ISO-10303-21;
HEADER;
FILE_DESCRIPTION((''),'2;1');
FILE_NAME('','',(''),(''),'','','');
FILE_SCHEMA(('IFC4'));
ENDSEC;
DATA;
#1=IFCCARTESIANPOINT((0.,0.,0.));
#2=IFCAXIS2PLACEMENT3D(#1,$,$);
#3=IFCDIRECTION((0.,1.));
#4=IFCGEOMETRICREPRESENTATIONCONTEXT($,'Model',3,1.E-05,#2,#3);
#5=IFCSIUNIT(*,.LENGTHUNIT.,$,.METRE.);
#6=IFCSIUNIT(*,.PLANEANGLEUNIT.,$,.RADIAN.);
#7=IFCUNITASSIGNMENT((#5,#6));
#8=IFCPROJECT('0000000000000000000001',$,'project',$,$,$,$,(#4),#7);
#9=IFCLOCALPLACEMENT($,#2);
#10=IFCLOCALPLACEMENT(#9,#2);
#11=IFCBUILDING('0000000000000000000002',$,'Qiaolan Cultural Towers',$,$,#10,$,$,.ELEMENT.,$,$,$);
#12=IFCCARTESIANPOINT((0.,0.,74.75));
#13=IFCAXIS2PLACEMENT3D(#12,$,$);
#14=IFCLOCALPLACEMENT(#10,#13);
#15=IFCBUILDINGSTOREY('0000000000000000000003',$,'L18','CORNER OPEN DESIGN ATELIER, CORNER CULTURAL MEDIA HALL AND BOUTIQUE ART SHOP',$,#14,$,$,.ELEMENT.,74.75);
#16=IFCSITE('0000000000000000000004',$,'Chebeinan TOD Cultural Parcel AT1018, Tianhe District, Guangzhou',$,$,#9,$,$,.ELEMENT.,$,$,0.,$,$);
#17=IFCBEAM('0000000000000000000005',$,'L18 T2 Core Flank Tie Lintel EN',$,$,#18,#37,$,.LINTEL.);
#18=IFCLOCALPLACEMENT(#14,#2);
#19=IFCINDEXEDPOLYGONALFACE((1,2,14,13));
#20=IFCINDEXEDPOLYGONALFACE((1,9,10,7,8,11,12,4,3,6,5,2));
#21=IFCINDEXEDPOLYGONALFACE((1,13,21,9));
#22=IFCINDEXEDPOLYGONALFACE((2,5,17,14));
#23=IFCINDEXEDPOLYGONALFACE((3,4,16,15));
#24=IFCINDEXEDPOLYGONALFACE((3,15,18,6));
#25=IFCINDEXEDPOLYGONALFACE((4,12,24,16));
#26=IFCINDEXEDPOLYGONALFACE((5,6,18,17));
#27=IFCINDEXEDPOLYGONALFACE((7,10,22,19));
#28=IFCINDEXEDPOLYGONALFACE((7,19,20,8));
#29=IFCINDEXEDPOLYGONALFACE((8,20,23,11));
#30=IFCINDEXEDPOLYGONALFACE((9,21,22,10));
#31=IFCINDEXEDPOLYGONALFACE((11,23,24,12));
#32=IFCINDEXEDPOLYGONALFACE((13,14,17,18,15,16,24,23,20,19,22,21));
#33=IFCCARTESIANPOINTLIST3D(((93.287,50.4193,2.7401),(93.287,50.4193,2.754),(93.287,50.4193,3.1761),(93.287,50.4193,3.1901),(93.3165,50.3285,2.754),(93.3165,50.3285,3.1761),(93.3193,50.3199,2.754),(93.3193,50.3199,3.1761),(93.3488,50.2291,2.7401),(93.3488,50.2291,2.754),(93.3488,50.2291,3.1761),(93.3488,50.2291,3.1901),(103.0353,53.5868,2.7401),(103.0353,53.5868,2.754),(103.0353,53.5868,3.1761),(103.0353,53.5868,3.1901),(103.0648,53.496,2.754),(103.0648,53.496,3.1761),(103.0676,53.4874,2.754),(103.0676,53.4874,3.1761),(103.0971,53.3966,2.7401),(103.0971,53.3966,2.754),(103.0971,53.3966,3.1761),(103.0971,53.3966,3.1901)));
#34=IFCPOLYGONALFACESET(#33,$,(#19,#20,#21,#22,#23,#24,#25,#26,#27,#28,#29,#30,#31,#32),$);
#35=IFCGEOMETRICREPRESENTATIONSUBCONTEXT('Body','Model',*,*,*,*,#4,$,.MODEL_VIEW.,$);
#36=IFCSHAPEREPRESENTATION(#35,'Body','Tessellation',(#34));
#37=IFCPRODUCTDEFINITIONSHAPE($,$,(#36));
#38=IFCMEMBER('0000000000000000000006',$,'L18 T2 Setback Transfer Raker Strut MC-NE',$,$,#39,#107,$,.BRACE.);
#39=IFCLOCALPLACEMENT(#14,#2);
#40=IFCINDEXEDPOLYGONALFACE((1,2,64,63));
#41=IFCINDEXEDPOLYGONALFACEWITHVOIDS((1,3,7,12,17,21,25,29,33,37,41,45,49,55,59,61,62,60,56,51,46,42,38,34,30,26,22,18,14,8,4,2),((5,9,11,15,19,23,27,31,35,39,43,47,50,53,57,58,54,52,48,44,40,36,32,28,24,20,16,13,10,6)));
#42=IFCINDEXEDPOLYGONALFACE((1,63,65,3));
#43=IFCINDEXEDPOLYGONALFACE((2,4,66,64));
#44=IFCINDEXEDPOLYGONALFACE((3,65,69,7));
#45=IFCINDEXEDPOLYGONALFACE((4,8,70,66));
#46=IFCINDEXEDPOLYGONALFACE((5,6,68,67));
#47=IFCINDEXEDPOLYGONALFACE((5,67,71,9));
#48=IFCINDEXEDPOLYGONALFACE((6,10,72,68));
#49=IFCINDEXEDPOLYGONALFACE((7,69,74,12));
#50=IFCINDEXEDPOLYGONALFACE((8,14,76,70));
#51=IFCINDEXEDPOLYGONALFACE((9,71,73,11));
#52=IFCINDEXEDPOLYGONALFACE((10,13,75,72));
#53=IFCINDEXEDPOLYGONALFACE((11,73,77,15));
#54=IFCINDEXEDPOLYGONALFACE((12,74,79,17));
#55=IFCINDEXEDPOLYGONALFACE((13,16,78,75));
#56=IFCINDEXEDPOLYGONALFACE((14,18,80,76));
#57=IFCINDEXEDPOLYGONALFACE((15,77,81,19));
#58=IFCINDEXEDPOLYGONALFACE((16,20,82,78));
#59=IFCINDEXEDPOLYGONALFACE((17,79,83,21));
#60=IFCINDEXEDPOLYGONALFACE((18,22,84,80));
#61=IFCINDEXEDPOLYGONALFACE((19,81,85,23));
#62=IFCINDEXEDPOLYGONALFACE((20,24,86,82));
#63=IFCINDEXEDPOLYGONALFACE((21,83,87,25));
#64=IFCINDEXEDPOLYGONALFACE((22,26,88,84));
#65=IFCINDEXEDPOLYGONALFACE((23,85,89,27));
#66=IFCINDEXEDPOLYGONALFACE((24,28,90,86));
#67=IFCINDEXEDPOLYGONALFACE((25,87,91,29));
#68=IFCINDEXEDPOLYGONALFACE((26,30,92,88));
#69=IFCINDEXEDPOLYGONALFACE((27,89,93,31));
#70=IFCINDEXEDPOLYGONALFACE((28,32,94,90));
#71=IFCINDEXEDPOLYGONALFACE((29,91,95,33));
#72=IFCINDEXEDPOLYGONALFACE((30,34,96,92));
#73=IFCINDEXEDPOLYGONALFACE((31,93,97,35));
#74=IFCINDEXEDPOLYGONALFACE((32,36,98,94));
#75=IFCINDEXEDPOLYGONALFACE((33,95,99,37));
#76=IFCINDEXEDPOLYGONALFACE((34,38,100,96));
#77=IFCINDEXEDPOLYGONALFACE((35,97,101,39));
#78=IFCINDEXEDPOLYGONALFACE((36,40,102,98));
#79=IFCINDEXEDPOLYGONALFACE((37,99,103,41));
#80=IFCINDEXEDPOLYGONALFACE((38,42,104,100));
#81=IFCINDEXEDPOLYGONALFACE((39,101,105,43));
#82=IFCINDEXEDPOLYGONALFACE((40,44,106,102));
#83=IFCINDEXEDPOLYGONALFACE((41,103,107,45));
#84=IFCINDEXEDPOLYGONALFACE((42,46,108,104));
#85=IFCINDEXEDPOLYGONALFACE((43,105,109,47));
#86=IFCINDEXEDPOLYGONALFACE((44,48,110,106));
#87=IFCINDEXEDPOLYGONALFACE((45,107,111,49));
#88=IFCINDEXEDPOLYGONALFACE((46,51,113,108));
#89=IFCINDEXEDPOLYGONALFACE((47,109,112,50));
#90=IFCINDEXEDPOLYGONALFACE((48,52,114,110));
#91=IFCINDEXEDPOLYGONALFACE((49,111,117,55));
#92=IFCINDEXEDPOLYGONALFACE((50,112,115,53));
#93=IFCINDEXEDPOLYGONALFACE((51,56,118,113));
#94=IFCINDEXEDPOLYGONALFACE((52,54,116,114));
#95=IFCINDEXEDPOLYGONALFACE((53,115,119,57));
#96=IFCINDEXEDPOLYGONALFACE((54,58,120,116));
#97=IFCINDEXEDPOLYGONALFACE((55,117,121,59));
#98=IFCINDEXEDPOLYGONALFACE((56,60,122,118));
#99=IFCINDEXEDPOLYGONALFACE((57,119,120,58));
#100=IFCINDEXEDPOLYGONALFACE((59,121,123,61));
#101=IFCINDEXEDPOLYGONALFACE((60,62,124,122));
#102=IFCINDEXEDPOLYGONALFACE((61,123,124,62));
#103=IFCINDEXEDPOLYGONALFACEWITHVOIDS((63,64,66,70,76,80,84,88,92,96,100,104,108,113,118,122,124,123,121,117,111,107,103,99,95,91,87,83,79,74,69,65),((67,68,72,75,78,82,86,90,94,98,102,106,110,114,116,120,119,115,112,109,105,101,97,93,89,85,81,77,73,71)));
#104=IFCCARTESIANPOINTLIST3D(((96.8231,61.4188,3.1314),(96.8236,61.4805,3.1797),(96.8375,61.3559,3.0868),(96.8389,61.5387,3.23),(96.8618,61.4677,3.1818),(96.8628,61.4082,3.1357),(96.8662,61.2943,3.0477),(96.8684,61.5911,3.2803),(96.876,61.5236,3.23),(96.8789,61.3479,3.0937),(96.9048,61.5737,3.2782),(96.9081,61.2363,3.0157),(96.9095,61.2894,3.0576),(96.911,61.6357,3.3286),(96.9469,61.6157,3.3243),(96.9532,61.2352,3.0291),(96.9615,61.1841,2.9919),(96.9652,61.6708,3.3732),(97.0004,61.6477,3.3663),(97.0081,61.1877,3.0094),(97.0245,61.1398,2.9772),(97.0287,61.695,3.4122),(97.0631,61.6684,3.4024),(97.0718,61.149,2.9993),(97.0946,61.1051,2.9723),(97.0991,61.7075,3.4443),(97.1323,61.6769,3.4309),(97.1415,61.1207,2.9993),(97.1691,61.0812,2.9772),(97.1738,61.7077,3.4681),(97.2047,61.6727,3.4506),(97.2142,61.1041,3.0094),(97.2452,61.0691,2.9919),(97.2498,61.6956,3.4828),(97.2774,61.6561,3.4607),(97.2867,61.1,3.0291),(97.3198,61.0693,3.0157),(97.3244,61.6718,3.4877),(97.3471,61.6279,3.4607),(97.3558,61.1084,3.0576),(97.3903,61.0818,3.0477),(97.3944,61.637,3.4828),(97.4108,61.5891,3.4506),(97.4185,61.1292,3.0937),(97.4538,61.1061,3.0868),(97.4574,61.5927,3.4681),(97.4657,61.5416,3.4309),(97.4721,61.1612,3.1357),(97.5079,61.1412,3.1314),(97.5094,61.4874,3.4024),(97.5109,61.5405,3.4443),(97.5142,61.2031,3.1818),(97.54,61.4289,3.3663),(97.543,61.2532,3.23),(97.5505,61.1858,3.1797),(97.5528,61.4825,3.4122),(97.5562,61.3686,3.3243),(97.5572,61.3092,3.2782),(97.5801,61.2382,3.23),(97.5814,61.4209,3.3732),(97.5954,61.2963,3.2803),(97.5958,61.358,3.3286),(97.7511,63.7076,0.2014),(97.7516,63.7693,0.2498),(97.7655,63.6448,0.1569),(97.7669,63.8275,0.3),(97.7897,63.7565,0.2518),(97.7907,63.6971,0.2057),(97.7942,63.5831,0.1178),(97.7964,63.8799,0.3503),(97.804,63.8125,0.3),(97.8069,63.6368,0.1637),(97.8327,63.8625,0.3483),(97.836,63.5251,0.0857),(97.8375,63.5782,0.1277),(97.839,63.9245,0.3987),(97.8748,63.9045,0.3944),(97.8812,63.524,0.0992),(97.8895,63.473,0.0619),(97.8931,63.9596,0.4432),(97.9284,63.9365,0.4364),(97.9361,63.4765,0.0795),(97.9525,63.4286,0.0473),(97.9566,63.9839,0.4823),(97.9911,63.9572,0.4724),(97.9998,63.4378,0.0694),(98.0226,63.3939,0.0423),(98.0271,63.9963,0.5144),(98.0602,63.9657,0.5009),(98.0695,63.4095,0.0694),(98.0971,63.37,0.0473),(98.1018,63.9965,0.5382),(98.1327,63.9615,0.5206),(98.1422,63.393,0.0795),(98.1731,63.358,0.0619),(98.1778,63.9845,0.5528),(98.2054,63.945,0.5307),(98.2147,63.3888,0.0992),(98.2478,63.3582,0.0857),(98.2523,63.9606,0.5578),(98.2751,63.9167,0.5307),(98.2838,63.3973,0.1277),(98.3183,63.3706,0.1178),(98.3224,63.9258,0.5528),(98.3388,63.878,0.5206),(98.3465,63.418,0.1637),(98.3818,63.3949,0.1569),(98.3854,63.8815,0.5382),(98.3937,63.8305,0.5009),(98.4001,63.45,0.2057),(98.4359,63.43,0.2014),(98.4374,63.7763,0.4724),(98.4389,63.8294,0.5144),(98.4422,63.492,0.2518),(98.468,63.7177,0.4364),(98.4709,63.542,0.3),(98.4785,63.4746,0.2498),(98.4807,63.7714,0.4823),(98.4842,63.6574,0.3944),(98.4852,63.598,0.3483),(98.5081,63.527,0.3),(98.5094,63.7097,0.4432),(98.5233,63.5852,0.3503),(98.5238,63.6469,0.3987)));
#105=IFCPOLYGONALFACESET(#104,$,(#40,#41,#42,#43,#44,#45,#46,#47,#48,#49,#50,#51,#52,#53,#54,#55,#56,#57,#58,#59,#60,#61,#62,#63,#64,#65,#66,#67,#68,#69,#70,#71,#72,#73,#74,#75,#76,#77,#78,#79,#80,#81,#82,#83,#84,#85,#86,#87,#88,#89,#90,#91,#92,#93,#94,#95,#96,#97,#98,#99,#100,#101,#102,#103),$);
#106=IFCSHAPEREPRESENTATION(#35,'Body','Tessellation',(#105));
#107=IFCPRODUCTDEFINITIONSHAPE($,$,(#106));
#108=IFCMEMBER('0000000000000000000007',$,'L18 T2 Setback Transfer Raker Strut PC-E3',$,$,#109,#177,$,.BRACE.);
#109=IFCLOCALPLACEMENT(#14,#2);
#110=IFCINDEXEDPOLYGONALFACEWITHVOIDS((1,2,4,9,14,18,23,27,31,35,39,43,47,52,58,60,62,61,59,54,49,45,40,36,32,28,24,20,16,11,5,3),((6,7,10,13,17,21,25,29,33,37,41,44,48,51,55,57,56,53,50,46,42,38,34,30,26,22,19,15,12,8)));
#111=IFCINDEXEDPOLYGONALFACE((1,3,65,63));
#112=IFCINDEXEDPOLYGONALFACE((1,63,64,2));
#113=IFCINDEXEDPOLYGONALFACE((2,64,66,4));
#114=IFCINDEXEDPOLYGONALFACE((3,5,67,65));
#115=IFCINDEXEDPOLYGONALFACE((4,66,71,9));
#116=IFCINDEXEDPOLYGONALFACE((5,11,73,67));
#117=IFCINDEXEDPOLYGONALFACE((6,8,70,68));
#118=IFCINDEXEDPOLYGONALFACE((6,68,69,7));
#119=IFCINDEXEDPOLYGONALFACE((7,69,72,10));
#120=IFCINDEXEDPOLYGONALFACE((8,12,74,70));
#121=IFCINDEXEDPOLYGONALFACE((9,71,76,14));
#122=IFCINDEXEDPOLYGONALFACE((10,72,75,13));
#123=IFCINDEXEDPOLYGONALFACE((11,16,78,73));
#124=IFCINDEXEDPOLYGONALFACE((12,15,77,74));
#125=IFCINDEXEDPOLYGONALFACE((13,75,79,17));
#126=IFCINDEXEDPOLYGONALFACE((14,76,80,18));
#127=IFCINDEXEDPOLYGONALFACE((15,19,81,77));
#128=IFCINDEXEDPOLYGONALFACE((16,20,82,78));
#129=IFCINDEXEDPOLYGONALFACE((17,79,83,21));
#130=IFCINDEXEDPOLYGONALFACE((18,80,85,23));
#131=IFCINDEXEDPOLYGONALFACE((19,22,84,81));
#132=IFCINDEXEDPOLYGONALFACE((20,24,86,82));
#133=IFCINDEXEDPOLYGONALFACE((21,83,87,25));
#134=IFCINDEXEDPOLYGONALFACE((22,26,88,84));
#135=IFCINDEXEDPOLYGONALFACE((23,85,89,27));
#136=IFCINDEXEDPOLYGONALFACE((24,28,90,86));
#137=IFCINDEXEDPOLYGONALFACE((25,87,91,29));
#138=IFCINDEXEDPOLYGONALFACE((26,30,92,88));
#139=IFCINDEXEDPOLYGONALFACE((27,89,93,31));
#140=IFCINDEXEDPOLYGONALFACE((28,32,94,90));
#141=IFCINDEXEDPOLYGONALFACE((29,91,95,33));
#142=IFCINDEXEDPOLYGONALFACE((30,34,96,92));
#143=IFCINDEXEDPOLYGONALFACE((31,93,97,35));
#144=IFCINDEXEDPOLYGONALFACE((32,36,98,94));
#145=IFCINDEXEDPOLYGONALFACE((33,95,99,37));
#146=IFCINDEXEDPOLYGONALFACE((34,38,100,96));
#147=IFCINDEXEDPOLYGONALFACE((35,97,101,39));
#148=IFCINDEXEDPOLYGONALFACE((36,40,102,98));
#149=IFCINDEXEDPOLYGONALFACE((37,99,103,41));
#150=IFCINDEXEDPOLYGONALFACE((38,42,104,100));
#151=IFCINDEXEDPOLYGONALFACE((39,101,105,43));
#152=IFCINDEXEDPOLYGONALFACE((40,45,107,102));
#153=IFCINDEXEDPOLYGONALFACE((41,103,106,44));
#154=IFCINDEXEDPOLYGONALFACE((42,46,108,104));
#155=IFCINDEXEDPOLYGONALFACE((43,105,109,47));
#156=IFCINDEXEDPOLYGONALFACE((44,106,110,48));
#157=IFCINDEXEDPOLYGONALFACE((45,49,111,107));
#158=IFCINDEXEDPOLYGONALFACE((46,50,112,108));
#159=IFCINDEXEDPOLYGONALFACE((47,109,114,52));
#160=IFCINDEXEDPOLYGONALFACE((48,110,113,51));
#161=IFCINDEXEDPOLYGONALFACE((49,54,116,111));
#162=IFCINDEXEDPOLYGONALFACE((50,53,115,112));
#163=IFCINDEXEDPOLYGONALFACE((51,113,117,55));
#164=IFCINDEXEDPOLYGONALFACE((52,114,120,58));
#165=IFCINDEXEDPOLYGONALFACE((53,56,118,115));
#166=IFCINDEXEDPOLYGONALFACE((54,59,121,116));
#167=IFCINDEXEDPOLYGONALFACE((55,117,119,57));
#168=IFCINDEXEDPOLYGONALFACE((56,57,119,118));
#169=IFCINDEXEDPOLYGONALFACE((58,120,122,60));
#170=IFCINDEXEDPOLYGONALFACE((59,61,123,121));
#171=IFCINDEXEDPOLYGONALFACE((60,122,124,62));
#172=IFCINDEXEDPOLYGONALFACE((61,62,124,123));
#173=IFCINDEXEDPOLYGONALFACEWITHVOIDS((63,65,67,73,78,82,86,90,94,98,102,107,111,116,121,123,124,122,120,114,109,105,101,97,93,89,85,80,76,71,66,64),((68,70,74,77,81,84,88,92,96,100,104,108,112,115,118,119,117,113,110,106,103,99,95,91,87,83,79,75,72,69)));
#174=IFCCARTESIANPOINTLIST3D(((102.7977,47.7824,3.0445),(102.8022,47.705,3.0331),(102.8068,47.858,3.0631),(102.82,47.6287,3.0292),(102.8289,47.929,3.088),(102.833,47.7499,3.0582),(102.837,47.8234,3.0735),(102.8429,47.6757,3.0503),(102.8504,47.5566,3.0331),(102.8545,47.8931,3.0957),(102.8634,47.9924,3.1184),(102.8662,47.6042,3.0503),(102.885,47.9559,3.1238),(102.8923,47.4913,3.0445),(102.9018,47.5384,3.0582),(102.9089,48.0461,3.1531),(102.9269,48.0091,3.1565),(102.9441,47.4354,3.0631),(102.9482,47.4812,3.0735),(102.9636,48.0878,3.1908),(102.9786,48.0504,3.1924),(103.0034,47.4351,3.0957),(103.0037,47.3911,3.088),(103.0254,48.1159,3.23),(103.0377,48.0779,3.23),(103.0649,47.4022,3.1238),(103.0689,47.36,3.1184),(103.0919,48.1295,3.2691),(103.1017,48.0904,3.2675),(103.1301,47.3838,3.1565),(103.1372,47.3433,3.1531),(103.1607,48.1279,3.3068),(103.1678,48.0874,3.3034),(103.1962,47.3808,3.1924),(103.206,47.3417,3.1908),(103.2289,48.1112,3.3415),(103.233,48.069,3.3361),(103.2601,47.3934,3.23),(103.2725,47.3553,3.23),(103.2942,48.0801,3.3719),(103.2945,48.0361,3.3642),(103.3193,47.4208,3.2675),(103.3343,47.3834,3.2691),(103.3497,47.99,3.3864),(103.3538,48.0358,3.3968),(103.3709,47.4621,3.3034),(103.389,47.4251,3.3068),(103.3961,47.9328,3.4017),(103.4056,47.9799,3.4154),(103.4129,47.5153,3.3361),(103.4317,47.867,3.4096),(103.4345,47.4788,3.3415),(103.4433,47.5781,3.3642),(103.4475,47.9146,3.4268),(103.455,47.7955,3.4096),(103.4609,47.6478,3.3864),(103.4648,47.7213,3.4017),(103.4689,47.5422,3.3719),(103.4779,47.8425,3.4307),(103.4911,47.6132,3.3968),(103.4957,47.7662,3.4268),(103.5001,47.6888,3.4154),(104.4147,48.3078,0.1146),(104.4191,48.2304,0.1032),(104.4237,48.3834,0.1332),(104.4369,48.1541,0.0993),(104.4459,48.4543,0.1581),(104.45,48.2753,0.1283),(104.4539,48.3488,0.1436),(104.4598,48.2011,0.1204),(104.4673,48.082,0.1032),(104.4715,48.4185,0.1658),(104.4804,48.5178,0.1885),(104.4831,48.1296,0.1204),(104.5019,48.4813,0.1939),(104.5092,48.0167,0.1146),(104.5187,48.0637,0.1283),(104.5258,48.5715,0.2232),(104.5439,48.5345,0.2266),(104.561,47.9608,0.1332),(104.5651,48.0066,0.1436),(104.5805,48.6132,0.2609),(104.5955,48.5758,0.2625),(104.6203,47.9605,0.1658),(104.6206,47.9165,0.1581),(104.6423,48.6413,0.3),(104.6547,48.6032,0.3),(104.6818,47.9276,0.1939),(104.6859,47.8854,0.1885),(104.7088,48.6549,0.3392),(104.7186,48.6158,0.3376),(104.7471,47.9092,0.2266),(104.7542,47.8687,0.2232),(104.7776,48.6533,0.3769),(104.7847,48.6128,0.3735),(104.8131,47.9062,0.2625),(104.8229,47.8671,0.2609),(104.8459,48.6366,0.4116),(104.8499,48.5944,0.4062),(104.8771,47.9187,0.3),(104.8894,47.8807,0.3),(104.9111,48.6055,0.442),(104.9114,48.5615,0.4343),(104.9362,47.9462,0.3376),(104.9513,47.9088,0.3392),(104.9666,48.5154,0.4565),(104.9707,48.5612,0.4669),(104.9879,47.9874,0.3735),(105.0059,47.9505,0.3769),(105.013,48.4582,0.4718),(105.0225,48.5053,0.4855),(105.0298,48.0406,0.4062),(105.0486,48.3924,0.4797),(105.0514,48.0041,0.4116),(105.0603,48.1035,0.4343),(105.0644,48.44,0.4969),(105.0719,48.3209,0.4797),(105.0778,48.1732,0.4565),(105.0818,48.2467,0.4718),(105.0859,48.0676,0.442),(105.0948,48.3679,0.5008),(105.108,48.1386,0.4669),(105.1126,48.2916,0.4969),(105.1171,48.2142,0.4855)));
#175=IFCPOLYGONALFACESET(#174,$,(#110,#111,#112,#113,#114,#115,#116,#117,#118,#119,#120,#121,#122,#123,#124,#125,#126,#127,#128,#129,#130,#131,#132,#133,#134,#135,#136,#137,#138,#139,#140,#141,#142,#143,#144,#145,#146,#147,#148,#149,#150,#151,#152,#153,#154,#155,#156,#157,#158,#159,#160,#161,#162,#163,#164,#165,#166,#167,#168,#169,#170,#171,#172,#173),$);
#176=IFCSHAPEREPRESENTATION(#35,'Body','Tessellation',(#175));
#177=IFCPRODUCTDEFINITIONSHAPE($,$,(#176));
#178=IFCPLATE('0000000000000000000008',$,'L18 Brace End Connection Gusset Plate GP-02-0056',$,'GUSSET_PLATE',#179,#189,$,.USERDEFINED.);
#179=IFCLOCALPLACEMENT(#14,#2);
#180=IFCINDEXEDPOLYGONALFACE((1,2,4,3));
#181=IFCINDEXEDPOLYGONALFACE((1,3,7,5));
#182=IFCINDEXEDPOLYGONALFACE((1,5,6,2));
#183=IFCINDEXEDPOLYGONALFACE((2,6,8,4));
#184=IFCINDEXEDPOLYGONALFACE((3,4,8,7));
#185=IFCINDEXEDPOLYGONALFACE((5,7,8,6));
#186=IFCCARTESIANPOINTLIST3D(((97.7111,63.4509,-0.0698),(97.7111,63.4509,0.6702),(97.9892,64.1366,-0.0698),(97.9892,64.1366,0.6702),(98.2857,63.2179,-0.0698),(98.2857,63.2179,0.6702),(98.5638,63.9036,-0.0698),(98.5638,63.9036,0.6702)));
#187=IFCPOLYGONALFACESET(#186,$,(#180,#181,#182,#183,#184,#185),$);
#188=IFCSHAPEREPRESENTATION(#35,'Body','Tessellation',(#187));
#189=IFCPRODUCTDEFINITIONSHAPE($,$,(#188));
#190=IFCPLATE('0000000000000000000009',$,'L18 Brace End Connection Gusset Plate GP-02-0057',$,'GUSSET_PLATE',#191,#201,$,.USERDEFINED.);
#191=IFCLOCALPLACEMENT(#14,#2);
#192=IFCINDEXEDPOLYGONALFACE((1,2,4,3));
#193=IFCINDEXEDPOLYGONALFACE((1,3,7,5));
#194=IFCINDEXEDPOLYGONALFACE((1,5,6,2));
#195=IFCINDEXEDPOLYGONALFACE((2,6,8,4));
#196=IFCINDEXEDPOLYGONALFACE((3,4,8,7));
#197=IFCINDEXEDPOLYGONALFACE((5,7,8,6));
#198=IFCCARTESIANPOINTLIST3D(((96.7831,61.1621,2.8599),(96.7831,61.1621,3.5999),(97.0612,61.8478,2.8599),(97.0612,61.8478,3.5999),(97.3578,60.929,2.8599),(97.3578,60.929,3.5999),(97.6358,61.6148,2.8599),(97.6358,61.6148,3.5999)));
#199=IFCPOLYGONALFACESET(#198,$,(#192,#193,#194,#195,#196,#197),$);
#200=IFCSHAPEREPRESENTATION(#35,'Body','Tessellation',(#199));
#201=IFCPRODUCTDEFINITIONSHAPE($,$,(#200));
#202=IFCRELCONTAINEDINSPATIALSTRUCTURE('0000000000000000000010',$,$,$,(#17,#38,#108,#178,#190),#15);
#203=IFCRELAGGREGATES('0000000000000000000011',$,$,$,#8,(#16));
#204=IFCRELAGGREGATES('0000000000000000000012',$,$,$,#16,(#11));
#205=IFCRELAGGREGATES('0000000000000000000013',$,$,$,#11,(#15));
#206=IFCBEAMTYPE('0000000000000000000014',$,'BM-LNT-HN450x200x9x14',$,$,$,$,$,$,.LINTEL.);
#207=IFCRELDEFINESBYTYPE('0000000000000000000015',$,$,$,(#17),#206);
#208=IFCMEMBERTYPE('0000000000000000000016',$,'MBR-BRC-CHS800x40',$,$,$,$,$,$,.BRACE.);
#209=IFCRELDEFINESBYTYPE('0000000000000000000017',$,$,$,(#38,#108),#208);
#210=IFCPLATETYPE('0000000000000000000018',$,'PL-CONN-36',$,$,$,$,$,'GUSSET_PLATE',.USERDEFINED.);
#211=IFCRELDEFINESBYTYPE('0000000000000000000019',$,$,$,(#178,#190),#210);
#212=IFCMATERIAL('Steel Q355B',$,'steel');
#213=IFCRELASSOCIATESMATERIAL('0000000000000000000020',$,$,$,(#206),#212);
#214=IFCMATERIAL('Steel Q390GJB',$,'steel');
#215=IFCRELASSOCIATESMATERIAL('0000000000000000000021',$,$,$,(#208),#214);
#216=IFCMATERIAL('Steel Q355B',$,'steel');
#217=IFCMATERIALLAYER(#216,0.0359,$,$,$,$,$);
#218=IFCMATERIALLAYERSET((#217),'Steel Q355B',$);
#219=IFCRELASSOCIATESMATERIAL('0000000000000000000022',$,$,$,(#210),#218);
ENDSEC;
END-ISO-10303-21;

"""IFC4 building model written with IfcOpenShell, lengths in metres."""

from ifc_helpers import new_model, si_unit, direction, frame, origin, origin_2d, place, context, subcontext, project, spatial, rectangle, hollow_circle, i_section, extrude, material, layer, layer_set, material_profile, profile_set, type_object, element, save


model = new_model("IFC4")

# Units and contexts
model_context = context("Model", 3, precision=1e-05, world=origin(), true_north=direction((0.0, 1.0)))
body_context = subcontext(model_context, "Body", "Model", "MODEL_VIEW")
ifc_project = project(units=[si_unit("LENGTHUNIT", "METRE"), si_unit("PLANEANGLEUNIT", "RADIAN")], contexts=[model_context])

# Site, building, storey
site_placement = place(None, origin())
site = spatial("IfcSite", under=ifc_project, at=site_placement, Name="Chebeinan TOD Cultural Parcel AT1018, Tianhe District, Guangzhou", CompositionType="ELEMENT", RefElevation=0.0)
building_placement = place(site_placement, origin())
building = spatial("IfcBuilding", under=site, at=building_placement, Name="Qiaolan Cultural Towers", CompositionType="ELEMENT")
storey_placement = place(building_placement, frame((0.0, 0.0, 74.75)))
storey = spatial("IfcBuildingStorey", under=building, at=storey_placement, Name="L18", Description="CORNER OPEN DESIGN ATELIER, CORNER CULTURAL MEDIA HALL AND BOUTIQUE ART SHOP", CompositionType="ELEMENT", Elevation=74.75)

# Beam
ifc_material_1 = material(Name="Steel Q355B", Category="steel")
ifc_material_profile_1 = material_profile(ifc_material_1, i_section(OverallWidth=0.2, OverallDepth=0.45, WebThickness=0.009, FlangeThickness=0.0139, at=origin_2d()), Name="HN450x200x9x14")
ifc_profile_set_1 = profile_set([ifc_material_profile_1], Name="Steel Q355B")
beam_type_1 = type_object("IfcBeamType", Name="BM-LNT-HN450x200x9x14", PredefinedType="LINTEL", material=ifc_profile_set_1)
beam_1_placement = place(storey_placement, frame((93.3179, 50.3242, 2.9651), z_axis=(0.951055, 0.309023, 0.0), x_axis=(-0.309023, 0.951055, 0.0)))
element("IfcBeam", 1, at=beam_1_placement, inside=storey, type_object=beam_type_1, Name="L18 T2 Core Flank Tie Lintel EN", PredefinedType="LINTEL", context=body_context, shape_type="SweptSolid", body=[
    extrude(i_section(OverallWidth=0.2, OverallDepth=0.45, WebThickness=0.009, FlangeThickness=0.0139, at=origin_2d()), origin(), (0.0, 0.0, 1.0), 10.25),
])

# Members
ifc_material_2 = material(Name="Steel Q390GJB", Category="steel")
ifc_material_profile_2 = material_profile(ifc_material_2, hollow_circle(Radius=0.3999, WallThickness=0.04, at=origin_2d()), Name="CHS800x40")
ifc_profile_set_2 = profile_set([ifc_material_profile_2], Name="Steel Q390GJB")
member_type = type_object("IfcMemberType", Name="MBR-BRC-CHS800x40", PredefinedType="BRACE", material=ifc_profile_set_2)
member_1_placement = place(storey_placement, frame((98.1375, 63.6772, 0.3), z_axis=(-0.242165, -0.597289, 0.764593), x_axis=(0.926728, -0.375733, 0.0)))
element("IfcMember", 2, at=member_1_placement, inside=storey, type_object=member_type, Name="L18 T2 Setback Transfer Raker Strut MC-NE", PredefinedType="BRACE", context=body_context, shape_type="SweptSolid", body=[
    extrude(hollow_circle(Radius=0.3999, WallThickness=0.04, at=origin_2d()), origin(), (0.0, 0.0, 1.0), 3.832),
])
member_2_placement = place(storey_placement, frame((104.7659, 48.261, 0.3), z_axis=(-0.477329, -0.155098, 0.864929), x_axis=(0.309024, -0.951054, 0.0)))
element("IfcMember", 3, at=member_2_placement, inside=storey, type_object=member_type, Name="L18 T2 Setback Transfer Raker Strut PC-E3", PredefinedType="BRACE", context=body_context, shape_type="SweptSolid", body=[
    extrude(hollow_circle(Radius=0.3999, WallThickness=0.04, at=origin_2d()), origin(), (0.0, 0.0, 1.0), 3.3875),
])

# Plates
ifc_material_3 = material(Name="Steel Q355B", Category="steel")
ifc_layer_1 = layer(ifc_material_3, 0.0359)
ifc_layer_set_1 = layer_set([ifc_layer_1], Name="Steel Q355B")
plate_type_1 = type_object("IfcPlateType", Name="PL-CONN-36", ElementType="GUSSET_PLATE", PredefinedType="USERDEFINED", material=ifc_layer_set_1)
for number, where, z_axis, x_axis, name in (
    (4, (98.1375, 63.6772, -0.0698), (0.0, 0.0, 1.0), (0.375786, 0.926706, 0.0), "L18 Brace End Connection Gusset Plate GP-02-0056"),
    (5, (97.2095, 61.3884, 2.8599), (0.0, 0.0, 1.0), (0.375786, 0.926706, 0.0), "L18 Brace End Connection Gusset Plate GP-02-0057"),
):
    element("IfcPlate", number, at=place(storey_placement, frame(where, z_axis=z_axis, x_axis=x_axis)), inside=storey, type_object=plate_type_1, Name=name, ObjectType="GUSSET_PLATE", PredefinedType="USERDEFINED", context=body_context, shape_type="SweptSolid", body=[
        extrude(rectangle(XDim=0.74, YDim=0.6201, at=origin_2d()), origin(), (0.0, 0.0, 1.0), 0.74),
    ])

save(model, "model.ifc")
